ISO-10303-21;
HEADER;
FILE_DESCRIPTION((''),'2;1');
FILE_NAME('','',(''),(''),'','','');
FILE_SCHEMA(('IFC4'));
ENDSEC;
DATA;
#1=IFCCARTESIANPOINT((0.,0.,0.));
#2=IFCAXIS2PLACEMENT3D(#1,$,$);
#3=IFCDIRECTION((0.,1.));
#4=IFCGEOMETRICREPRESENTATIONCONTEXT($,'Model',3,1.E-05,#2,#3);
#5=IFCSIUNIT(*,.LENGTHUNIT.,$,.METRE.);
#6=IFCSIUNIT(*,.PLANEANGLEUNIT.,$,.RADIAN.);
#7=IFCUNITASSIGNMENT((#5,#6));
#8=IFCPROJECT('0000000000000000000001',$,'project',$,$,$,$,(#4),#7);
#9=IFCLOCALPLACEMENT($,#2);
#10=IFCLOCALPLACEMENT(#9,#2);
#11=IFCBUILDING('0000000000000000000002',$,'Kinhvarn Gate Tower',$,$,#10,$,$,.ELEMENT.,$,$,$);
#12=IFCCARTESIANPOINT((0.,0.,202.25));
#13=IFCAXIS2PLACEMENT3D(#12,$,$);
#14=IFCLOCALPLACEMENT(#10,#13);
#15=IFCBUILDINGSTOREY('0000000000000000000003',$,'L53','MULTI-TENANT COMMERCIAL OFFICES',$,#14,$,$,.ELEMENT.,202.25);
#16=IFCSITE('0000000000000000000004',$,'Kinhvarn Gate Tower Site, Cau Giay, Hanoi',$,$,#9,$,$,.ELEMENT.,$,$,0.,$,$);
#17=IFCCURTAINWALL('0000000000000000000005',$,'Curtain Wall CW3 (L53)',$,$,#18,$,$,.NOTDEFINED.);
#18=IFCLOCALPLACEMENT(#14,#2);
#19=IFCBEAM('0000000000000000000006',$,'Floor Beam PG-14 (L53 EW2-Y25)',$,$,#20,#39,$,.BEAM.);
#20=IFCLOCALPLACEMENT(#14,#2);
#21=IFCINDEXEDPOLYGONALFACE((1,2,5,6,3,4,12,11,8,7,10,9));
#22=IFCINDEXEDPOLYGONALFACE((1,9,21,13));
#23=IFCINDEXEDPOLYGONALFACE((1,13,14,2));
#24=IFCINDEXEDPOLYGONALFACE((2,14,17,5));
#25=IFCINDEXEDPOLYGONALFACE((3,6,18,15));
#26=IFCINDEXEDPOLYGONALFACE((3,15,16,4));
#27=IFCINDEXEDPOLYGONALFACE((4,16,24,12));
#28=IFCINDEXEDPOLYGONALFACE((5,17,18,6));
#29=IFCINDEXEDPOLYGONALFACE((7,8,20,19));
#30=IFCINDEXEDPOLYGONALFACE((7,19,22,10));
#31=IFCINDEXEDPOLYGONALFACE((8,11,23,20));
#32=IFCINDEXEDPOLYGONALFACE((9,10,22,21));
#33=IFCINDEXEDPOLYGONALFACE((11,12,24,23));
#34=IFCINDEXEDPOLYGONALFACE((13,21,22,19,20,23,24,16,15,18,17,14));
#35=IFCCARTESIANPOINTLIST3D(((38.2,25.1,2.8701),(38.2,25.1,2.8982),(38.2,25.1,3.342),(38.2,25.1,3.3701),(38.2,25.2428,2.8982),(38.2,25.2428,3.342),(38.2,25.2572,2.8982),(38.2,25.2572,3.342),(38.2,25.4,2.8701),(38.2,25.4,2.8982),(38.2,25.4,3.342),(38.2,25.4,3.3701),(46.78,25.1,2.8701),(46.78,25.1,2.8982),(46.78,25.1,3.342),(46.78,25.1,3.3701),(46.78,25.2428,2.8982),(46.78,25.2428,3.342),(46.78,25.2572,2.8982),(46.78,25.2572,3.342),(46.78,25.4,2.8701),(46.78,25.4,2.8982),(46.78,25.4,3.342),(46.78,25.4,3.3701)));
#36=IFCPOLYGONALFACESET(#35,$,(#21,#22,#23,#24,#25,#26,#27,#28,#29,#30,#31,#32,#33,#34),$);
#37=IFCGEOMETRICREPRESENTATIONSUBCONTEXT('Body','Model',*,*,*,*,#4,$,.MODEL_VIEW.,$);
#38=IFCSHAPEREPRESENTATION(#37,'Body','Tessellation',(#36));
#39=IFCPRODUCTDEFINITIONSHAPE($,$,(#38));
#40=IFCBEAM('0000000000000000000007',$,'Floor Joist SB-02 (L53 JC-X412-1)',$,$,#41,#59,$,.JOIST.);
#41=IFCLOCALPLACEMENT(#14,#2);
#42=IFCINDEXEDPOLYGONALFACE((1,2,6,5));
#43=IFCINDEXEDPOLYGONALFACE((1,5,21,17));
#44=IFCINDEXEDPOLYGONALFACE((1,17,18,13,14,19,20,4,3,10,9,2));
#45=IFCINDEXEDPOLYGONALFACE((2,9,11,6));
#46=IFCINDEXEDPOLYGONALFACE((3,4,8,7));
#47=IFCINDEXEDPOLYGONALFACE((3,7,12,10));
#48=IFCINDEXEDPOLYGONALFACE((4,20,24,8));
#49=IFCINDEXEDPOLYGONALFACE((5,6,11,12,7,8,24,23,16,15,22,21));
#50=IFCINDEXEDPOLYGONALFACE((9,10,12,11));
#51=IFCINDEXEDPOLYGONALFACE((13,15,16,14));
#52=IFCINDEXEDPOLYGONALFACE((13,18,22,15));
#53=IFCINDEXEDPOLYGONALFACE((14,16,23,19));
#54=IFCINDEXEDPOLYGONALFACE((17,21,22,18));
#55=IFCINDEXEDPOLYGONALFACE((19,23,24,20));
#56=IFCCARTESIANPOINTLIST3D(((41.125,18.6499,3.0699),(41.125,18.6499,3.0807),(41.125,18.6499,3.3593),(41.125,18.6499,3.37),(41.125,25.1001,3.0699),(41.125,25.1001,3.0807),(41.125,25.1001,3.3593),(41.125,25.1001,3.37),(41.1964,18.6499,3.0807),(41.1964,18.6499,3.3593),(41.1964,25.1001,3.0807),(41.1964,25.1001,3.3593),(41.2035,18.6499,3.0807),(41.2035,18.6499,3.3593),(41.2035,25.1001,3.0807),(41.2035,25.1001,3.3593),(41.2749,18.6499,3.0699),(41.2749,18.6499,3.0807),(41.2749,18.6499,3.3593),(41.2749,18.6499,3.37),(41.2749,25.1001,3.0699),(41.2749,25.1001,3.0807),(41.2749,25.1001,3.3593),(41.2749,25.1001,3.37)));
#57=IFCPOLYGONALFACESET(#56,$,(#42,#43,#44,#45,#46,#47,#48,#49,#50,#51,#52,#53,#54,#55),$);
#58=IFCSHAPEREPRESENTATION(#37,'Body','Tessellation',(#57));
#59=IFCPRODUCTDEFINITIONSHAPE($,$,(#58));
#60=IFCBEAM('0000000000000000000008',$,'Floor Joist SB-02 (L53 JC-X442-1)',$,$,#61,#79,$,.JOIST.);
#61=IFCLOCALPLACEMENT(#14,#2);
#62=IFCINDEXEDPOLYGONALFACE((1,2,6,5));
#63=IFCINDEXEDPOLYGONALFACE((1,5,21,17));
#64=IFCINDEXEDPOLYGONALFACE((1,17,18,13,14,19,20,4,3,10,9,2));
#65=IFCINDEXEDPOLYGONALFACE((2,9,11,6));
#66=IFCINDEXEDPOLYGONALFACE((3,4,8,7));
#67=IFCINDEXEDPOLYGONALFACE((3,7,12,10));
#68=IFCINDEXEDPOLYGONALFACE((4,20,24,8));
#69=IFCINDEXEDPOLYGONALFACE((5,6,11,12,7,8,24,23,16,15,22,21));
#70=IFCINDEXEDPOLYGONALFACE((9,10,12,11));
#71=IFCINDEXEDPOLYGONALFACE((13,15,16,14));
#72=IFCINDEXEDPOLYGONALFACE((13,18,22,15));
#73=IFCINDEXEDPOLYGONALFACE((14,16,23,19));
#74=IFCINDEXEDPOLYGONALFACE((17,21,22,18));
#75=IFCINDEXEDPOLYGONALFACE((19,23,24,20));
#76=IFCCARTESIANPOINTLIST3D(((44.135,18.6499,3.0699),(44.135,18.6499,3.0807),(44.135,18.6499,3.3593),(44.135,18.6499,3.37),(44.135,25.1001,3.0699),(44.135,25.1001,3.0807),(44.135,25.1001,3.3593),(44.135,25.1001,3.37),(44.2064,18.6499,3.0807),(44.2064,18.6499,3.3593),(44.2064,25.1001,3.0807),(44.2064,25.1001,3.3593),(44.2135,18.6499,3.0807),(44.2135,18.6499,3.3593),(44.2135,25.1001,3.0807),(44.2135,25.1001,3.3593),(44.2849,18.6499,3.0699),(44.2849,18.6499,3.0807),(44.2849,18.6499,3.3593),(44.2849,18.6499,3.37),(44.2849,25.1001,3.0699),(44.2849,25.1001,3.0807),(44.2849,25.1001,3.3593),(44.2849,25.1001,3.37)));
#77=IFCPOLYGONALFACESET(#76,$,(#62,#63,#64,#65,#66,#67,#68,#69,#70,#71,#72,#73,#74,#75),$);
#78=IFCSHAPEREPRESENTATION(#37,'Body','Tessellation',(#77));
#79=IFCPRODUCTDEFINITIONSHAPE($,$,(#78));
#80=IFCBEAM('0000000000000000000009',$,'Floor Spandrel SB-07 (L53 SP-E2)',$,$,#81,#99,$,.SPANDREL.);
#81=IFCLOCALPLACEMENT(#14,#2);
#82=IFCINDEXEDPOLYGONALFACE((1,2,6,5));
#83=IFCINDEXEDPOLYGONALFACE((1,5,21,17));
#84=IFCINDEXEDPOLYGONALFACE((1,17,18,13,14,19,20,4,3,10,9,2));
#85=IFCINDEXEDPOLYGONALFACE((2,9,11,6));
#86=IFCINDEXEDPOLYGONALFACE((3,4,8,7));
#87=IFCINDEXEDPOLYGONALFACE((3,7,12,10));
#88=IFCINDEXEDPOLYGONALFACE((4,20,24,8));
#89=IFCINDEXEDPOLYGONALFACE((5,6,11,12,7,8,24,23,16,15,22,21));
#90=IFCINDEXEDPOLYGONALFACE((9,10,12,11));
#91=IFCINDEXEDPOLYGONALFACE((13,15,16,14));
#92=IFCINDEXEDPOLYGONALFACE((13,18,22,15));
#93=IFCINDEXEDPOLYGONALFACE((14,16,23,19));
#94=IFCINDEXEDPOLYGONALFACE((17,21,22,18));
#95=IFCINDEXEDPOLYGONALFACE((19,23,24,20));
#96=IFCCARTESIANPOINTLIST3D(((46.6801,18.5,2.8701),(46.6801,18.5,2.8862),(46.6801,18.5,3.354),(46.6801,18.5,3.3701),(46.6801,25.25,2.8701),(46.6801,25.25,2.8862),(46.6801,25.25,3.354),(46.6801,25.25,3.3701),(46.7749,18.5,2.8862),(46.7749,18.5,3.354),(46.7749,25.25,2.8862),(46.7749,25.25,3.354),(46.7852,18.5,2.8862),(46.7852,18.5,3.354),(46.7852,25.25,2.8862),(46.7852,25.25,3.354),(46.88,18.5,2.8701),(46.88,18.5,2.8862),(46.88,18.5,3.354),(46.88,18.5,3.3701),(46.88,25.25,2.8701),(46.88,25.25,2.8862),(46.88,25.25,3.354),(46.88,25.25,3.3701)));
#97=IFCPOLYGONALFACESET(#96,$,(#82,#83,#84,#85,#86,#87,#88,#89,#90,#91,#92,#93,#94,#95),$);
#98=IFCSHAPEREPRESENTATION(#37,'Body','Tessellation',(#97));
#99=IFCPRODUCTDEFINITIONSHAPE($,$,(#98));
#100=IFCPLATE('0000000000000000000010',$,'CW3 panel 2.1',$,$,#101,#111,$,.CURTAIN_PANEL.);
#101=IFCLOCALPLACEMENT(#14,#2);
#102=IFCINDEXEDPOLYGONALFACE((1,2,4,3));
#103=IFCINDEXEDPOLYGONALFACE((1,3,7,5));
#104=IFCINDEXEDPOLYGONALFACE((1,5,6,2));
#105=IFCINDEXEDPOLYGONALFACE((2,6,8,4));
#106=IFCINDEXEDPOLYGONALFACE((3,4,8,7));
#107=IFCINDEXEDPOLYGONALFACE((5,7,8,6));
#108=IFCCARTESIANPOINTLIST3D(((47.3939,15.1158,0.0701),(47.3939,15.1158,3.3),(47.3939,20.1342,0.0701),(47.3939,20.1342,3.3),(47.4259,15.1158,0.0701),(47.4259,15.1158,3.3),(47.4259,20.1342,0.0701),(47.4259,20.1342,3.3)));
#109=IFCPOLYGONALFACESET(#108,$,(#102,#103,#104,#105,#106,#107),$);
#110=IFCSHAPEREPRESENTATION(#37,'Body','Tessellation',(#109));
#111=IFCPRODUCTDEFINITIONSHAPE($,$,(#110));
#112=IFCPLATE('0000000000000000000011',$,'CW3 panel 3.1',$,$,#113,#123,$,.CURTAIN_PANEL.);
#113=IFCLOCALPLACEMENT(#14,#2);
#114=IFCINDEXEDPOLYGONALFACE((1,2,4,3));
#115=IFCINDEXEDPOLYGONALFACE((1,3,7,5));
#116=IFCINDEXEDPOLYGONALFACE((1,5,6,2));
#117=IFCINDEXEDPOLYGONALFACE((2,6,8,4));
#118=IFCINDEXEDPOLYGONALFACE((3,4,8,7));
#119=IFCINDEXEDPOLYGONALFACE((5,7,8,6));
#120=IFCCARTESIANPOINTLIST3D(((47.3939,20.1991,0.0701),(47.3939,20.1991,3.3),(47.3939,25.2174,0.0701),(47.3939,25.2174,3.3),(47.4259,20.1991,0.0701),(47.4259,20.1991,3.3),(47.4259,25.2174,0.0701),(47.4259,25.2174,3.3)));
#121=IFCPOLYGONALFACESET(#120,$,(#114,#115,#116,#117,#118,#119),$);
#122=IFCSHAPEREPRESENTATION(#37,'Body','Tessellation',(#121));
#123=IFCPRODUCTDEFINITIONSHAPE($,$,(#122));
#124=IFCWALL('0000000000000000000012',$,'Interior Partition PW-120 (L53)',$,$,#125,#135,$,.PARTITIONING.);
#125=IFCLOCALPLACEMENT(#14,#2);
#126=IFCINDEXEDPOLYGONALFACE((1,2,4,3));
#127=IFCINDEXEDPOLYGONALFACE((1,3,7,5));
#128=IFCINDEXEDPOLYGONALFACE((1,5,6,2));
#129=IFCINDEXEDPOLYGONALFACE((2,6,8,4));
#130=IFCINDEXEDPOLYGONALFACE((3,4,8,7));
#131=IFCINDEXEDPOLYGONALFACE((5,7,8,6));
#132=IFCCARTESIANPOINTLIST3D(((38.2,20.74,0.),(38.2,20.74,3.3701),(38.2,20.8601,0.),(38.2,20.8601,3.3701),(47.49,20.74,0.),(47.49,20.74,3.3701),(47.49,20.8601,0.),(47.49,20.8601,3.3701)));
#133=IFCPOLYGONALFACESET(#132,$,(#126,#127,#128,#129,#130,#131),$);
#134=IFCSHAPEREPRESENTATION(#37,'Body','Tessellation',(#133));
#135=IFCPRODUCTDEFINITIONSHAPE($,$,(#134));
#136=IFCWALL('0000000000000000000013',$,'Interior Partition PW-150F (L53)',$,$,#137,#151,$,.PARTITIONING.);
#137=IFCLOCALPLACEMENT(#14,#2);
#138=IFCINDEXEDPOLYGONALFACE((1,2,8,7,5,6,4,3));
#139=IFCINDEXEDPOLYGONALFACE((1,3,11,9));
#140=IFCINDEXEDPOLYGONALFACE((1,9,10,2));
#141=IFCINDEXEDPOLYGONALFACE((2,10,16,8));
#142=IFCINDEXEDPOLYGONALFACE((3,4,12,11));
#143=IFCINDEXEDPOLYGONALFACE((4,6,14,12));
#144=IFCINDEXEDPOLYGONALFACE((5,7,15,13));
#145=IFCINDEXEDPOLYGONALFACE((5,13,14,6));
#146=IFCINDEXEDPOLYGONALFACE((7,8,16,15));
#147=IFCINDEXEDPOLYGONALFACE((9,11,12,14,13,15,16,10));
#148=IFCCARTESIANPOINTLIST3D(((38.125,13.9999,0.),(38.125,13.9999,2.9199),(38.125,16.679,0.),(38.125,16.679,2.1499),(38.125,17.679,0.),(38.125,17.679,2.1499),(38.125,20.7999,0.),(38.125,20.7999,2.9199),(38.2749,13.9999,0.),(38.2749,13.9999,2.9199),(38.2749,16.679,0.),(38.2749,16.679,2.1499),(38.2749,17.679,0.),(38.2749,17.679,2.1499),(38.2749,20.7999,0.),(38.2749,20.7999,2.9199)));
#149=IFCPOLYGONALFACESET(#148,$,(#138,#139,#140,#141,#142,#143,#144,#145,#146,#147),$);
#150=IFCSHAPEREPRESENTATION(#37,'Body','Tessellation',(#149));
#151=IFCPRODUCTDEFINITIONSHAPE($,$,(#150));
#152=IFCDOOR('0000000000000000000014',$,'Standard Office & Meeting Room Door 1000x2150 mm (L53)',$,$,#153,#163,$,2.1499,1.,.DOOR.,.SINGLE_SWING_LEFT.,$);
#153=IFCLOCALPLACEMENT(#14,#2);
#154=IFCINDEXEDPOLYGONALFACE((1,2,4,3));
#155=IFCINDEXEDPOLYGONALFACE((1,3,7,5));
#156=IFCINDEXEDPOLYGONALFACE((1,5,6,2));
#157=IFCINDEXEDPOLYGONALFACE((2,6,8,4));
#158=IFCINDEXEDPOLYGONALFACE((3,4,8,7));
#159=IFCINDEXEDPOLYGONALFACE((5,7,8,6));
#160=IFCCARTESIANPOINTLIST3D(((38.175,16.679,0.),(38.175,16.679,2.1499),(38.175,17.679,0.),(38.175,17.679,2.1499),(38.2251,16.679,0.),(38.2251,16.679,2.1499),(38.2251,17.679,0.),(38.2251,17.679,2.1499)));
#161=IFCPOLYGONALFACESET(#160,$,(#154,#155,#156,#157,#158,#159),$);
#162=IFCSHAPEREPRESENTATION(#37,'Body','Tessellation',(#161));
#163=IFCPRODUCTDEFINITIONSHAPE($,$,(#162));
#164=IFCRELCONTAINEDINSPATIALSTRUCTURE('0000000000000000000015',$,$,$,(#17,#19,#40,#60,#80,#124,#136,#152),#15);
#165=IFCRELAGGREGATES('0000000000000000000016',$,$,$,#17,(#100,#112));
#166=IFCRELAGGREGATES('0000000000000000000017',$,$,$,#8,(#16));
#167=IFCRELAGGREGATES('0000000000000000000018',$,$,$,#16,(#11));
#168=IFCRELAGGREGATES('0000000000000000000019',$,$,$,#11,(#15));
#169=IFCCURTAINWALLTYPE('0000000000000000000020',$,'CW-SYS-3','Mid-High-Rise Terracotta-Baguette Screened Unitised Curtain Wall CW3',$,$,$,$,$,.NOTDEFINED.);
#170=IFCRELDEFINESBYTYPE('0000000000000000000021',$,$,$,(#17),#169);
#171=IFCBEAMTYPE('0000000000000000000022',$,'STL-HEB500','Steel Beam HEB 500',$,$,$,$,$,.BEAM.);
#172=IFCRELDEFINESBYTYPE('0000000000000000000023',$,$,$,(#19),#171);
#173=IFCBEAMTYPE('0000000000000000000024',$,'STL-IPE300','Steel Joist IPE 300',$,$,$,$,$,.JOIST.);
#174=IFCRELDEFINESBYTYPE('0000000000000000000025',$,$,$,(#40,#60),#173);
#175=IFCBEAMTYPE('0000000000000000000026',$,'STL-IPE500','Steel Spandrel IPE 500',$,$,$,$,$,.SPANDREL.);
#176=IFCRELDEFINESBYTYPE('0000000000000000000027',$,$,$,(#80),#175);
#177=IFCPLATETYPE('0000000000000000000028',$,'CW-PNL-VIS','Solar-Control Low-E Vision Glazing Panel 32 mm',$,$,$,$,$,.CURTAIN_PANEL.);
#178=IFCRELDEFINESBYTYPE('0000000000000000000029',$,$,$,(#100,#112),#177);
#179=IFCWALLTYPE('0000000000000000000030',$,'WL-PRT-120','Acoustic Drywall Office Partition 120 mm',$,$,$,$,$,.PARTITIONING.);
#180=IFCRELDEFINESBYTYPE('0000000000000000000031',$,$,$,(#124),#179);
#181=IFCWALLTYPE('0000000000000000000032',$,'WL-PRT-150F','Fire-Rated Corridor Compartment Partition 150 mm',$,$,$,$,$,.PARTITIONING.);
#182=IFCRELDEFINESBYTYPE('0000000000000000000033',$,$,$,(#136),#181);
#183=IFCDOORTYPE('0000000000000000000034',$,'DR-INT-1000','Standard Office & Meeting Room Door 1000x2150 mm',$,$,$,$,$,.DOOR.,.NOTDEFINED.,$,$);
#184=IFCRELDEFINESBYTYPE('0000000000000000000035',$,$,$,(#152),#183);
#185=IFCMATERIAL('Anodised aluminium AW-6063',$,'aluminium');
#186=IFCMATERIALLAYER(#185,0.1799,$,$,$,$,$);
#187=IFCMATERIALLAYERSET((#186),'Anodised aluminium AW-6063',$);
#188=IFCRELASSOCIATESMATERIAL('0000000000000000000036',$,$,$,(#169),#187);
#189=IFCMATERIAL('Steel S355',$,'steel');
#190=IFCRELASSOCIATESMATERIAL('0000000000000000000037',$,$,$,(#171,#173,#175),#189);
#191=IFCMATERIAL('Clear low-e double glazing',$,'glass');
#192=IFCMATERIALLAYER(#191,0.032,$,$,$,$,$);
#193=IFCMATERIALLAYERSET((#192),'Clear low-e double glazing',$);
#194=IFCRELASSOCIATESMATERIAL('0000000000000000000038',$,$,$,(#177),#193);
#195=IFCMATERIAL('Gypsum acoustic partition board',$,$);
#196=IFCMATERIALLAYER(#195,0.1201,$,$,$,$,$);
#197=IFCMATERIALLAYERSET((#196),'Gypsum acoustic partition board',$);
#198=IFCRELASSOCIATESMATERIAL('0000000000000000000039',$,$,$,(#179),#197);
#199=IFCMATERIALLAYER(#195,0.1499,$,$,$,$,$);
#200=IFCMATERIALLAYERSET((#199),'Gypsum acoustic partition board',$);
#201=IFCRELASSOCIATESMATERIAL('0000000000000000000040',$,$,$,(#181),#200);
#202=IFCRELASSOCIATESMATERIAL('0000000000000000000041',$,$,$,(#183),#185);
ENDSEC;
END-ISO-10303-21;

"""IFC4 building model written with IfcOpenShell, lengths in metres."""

from ifc_helpers import new_model, si_unit, direction, frame, frame_2d, origin, origin_2d, place, context, subcontext, project, spatial, rectangle, i_section, extrude, material, layer, layer_set, material_profile, profile_set, type_object, element, fill, aggregate, save


model = new_model("IFC4")

# Units and contexts
model_context = context("Model", 3, precision=1e-05, world=origin(), true_north=direction((0.0, 1.0)))
body_context = subcontext(model_context, "Body", "Model", "MODEL_VIEW")
ifc_project = project(units=[si_unit("LENGTHUNIT", "METRE"), si_unit("PLANEANGLEUNIT", "RADIAN")], contexts=[model_context])

# Site, building, storey
site_placement = place(None, origin())
site = spatial("IfcSite", under=ifc_project, at=site_placement, Name="Kinhvarn Gate Tower Site, Cau Giay, Hanoi", CompositionType="ELEMENT", RefElevation=0.0)
building_placement = place(site_placement, origin())
building = spatial("IfcBuilding", under=site, at=building_placement, Name="Kinhvarn Gate Tower", CompositionType="ELEMENT")
storey_placement = place(building_placement, frame((0.0, 0.0, 202.25)))
storey = spatial("IfcBuildingStorey", under=building, at=storey_placement, Name="L53", Description="MULTI-TENANT COMMERCIAL OFFICES", CompositionType="ELEMENT", Elevation=202.25)

# Curtain wall
ifc_material_1 = material(Name="Anodised aluminium AW-6063", Category="aluminium")
ifc_layer_1 = layer(ifc_material_1, 0.1799)
ifc_layer_set_1 = layer_set([ifc_layer_1], Name="Anodised aluminium AW-6063")
curtain_wall_type = type_object("IfcCurtainWallType", Name="CW-SYS-3", Description="Mid-High-Rise Terracotta-Baguette Screened Unitised Curtain Wall CW3", PredefinedType="NOTDEFINED", material=ifc_layer_set_1)
curtain_wall_placement = place(storey_placement, origin())
curtain_wall = element("IfcCurtainWall", 1, at=curtain_wall_placement, inside=storey, type_object=curtain_wall_type, Name="Curtain Wall CW3 (L53)", PredefinedType="NOTDEFINED")

# Beams
ifc_material_2 = material(Name="Steel S355", Category="steel")
ifc_material_profile_1 = material_profile(ifc_material_2, i_section(OverallWidth=0.3, OverallDepth=0.5, WebThickness=0.0144, FlangeThickness=0.0281, at=origin_2d()), Name="HEB 500")
ifc_profile_set_1 = profile_set([ifc_material_profile_1], Name="Steel S355")
beam_type_1 = type_object("IfcBeamType", Name="STL-HEB500", Description="Steel Beam HEB 500", PredefinedType="BEAM", material=ifc_profile_set_1)
for number, where, z_axis, x_axis, name in (
    (2, (38.2, 25.25, 3.1201), (1.0, 0.0, 0.0), (0.0, 1.0, 0.0), "Floor Beam PG-14 (L53 EW2-Y25)"),
):
    element("IfcBeam", number, at=place(storey_placement, frame(where, z_axis=z_axis, x_axis=x_axis)), inside=storey, type_object=beam_type_1, Name=name, PredefinedType="BEAM", context=body_context, shape_type="SweptSolid", body=[
        extrude(i_section(OverallWidth=0.3, OverallDepth=0.5, WebThickness=0.0144, FlangeThickness=0.0281, at=origin_2d()), origin(), (0.0, 0.0, 1.0), 8.5801),
    ])
ifc_material_profile_2 = material_profile(ifc_material_2, i_section(OverallWidth=0.1499, OverallDepth=0.3, WebThickness=0.0071, FlangeThickness=0.0107, at=origin_2d()), Name="IPE 300")
ifc_profile_set_2 = profile_set([ifc_material_profile_2], Name="Steel S355")
beam_type_2 = type_object("IfcBeamType", Name="STL-IPE300", Description="Steel Joist IPE 300", PredefinedType="JOIST", material=ifc_profile_set_2)
for number, where, z_axis, x_axis, name in (
    (3, (41.2, 18.6499, 3.22), (0.0, 1.0, 0.0), (-1.0, 0.0, 0.0), "Floor Joist SB-02 (L53 JC-X412-1)"),
    (4, (44.21, 18.6499, 3.22), (0.0, 1.0, 0.0), (-1.0, 0.0, 0.0), "Floor Joist SB-02 (L53 JC-X442-1)"),
):
    element("IfcBeam", number, at=place(storey_placement, frame(where, z_axis=z_axis, x_axis=x_axis)), inside=storey, type_object=beam_type_2, Name=name, PredefinedType="JOIST", context=body_context, shape_type="SweptSolid", body=[
        extrude(i_section(OverallWidth=0.1499, OverallDepth=0.3, WebThickness=0.0071, FlangeThickness=0.0107, at=origin_2d()), origin(), (0.0, 0.0, 1.0), 6.4502),
    ])
ifc_material_profile_3 = material_profile(ifc_material_2, i_section(OverallWidth=0.2, OverallDepth=0.5, WebThickness=0.0103, FlangeThickness=0.0161, at=origin_2d()), Name="IPE 500")
ifc_profile_set_3 = profile_set([ifc_material_profile_3], Name="Steel S355")
beam_type_3 = type_object("IfcBeamType", Name="STL-IPE500", Description="Steel Spandrel IPE 500", PredefinedType="SPANDREL", material=ifc_profile_set_3)
beam_placement = place(storey_placement, frame((46.78, 18.5, 3.1201), z_axis=(0.0, 1.0, 0.0), x_axis=(-1.0, 0.0, 0.0)))
element("IfcBeam", 5, at=beam_placement, inside=storey, type_object=beam_type_3, Name="Floor Spandrel SB-07 (L53 SP-E2)", PredefinedType="SPANDREL", context=body_context, shape_type="SweptSolid", body=[
    extrude(i_section(OverallWidth=0.2, OverallDepth=0.5, WebThickness=0.0103, FlangeThickness=0.0161, at=origin_2d()), origin(), (0.0, 0.0, 1.0), 6.75),
])

# Plates
ifc_material_3 = material(Name="Clear low-e double glazing", Category="glass")
ifc_layer_2 = layer(ifc_material_3, 0.032)
ifc_layer_set_2 = layer_set([ifc_layer_2], Name="Clear low-e double glazing")
plate_type = type_object("IfcPlateType", Name="CW-PNL-VIS", Description="Solar-Control Low-E Vision Glazing Panel 32 mm", PredefinedType="CURTAIN_PANEL", material=ifc_layer_set_2)
plate_1_placement = place(storey_placement, frame((47.4099, 17.625, 0.0701), z_axis=(0.0, 0.0, 1.0), x_axis=(0.0, 1.0, 0.0)))
plate_1 = element("IfcPlate", 6, at=plate_1_placement, type_object=plate_type, Name="CW3 panel 2.1", PredefinedType="CURTAIN_PANEL", context=body_context, shape_type="SweptSolid", body=[
    extrude(rectangle(XDim=5.0183, YDim=0.032, at=origin_2d()), origin(), (0.0, 0.0, 1.0), 3.23),
])
plate_2_placement = place(storey_placement, frame((47.4099, 22.7083, 0.0701), z_axis=(0.0, 0.0, 1.0), x_axis=(0.0, 1.0, 0.0)))
plate_2 = element("IfcPlate", 7, at=plate_2_placement, type_object=plate_type, Name="CW3 panel 3.1", PredefinedType="CURTAIN_PANEL", context=body_context, shape_type="SweptSolid", body=[
    extrude(rectangle(XDim=5.0183, YDim=0.032, at=origin_2d()), origin(), (0.0, 0.0, 1.0), 3.23),
])
aggregate(curtain_wall, [plate_1, plate_2])

# Wall
ifc_material_4 = material(Name="Gypsum acoustic partition board")
ifc_layer_3 = layer(ifc_material_4, 0.1201)
ifc_layer_set_3 = layer_set([ifc_layer_3], Name="Gypsum acoustic partition board")
wall_type_1 = type_object("IfcWallType", Name="WL-PRT-120", Description="Acoustic Drywall Office Partition 120 mm", PredefinedType="PARTITIONING", material=ifc_layer_set_3)
wall_1_placement = place(storey_placement, frame((38.2, 20.8, 0.0), z_axis=(0.0, 0.0, 1.0), x_axis=(1.0, 0.0, 0.0)))
element("IfcWall", 8, at=wall_1_placement, inside=storey, type_object=wall_type_1, Name="Interior Partition PW-120 (L53)", PredefinedType="PARTITIONING", context=body_context, shape_type="SweptSolid", body=[
    extrude(rectangle(XDim=9.29, YDim=0.1201, at=frame_2d((4.645, 0.0))), origin(), (0.0, 0.0, 1.0), 3.3701),
])

# Wall, opening, door
ifc_layer_4 = layer(ifc_material_4, 0.1499)
ifc_layer_set_4 = layer_set([ifc_layer_4], Name="Gypsum acoustic partition board")
wall_type_2 = type_object("IfcWallType", Name="WL-PRT-150F", Description="Fire-Rated Corridor Compartment Partition 150 mm", PredefinedType="PARTITIONING", material=ifc_layer_set_4)
wall_2_placement = place(storey_placement, frame((38.2, 14.0, 0.0), z_axis=(0.0, 0.0, 1.0), x_axis=(0.0, 1.0, 0.0)))
wall_2 = element("IfcWall", 9, at=wall_2_placement, inside=storey, type_object=wall_type_2, Name="Interior Partition PW-150F (L53)", PredefinedType="PARTITIONING", context=body_context, shape_type="SweptSolid", body=[
    extrude(rectangle(XDim=6.8, YDim=0.1499, at=frame_2d((3.3999, 0.0))), origin(), (0.0, 0.0, 1.0), 2.9199),
])
opening_1_placement = place(wall_2_placement, frame((2.679, 0.0, 0.0)))
opening_1 = element("IfcOpeningElement", 10, at=opening_1_placement, cuts=wall_2, PredefinedType="OPENING", context=body_context, shape_type="SweptSolid", body=[
    extrude(rectangle(XDim=1.0, YDim=2.1499, at=frame_2d((0.5, 1.075))), frame((0.0, 0.085, 0.0), z_axis=(0.0, -1.0, 0.0), x_axis=(1.0, 0.0, 0.0)), (0.0, 0.0, 1.0), 0.1699),
])
door_type = type_object("IfcDoorType", Name="DR-INT-1000", Description="Standard Office & Meeting Room Door 1000x2150 mm", OperationType="NOTDEFINED", PredefinedType="DOOR", material=ifc_material_1)
door_1_placement = place(opening_1_placement, origin())
door_1 = element("IfcDoor", 11, at=door_1_placement, inside=storey, type_object=door_type, Name="Standard Office & Meeting Room Door 1000x2150 mm (L53)", OperationType="SINGLE_SWING_LEFT", OverallHeight=2.1499, OverallWidth=1.0, PredefinedType="DOOR", context=body_context, shape_type="SweptSolid", body=[
    extrude(rectangle(XDim=1.0, YDim=2.1499, at=frame_2d((0.5, 1.075))), frame((0.0, 0.0249, 0.0), z_axis=(0.0, -1.0, 0.0), x_axis=(1.0, 0.0, 0.0)), (0.0, 0.0, 1.0), 0.05),
])
fill(opening_1, door_1)

save(model, "model.ifc")
